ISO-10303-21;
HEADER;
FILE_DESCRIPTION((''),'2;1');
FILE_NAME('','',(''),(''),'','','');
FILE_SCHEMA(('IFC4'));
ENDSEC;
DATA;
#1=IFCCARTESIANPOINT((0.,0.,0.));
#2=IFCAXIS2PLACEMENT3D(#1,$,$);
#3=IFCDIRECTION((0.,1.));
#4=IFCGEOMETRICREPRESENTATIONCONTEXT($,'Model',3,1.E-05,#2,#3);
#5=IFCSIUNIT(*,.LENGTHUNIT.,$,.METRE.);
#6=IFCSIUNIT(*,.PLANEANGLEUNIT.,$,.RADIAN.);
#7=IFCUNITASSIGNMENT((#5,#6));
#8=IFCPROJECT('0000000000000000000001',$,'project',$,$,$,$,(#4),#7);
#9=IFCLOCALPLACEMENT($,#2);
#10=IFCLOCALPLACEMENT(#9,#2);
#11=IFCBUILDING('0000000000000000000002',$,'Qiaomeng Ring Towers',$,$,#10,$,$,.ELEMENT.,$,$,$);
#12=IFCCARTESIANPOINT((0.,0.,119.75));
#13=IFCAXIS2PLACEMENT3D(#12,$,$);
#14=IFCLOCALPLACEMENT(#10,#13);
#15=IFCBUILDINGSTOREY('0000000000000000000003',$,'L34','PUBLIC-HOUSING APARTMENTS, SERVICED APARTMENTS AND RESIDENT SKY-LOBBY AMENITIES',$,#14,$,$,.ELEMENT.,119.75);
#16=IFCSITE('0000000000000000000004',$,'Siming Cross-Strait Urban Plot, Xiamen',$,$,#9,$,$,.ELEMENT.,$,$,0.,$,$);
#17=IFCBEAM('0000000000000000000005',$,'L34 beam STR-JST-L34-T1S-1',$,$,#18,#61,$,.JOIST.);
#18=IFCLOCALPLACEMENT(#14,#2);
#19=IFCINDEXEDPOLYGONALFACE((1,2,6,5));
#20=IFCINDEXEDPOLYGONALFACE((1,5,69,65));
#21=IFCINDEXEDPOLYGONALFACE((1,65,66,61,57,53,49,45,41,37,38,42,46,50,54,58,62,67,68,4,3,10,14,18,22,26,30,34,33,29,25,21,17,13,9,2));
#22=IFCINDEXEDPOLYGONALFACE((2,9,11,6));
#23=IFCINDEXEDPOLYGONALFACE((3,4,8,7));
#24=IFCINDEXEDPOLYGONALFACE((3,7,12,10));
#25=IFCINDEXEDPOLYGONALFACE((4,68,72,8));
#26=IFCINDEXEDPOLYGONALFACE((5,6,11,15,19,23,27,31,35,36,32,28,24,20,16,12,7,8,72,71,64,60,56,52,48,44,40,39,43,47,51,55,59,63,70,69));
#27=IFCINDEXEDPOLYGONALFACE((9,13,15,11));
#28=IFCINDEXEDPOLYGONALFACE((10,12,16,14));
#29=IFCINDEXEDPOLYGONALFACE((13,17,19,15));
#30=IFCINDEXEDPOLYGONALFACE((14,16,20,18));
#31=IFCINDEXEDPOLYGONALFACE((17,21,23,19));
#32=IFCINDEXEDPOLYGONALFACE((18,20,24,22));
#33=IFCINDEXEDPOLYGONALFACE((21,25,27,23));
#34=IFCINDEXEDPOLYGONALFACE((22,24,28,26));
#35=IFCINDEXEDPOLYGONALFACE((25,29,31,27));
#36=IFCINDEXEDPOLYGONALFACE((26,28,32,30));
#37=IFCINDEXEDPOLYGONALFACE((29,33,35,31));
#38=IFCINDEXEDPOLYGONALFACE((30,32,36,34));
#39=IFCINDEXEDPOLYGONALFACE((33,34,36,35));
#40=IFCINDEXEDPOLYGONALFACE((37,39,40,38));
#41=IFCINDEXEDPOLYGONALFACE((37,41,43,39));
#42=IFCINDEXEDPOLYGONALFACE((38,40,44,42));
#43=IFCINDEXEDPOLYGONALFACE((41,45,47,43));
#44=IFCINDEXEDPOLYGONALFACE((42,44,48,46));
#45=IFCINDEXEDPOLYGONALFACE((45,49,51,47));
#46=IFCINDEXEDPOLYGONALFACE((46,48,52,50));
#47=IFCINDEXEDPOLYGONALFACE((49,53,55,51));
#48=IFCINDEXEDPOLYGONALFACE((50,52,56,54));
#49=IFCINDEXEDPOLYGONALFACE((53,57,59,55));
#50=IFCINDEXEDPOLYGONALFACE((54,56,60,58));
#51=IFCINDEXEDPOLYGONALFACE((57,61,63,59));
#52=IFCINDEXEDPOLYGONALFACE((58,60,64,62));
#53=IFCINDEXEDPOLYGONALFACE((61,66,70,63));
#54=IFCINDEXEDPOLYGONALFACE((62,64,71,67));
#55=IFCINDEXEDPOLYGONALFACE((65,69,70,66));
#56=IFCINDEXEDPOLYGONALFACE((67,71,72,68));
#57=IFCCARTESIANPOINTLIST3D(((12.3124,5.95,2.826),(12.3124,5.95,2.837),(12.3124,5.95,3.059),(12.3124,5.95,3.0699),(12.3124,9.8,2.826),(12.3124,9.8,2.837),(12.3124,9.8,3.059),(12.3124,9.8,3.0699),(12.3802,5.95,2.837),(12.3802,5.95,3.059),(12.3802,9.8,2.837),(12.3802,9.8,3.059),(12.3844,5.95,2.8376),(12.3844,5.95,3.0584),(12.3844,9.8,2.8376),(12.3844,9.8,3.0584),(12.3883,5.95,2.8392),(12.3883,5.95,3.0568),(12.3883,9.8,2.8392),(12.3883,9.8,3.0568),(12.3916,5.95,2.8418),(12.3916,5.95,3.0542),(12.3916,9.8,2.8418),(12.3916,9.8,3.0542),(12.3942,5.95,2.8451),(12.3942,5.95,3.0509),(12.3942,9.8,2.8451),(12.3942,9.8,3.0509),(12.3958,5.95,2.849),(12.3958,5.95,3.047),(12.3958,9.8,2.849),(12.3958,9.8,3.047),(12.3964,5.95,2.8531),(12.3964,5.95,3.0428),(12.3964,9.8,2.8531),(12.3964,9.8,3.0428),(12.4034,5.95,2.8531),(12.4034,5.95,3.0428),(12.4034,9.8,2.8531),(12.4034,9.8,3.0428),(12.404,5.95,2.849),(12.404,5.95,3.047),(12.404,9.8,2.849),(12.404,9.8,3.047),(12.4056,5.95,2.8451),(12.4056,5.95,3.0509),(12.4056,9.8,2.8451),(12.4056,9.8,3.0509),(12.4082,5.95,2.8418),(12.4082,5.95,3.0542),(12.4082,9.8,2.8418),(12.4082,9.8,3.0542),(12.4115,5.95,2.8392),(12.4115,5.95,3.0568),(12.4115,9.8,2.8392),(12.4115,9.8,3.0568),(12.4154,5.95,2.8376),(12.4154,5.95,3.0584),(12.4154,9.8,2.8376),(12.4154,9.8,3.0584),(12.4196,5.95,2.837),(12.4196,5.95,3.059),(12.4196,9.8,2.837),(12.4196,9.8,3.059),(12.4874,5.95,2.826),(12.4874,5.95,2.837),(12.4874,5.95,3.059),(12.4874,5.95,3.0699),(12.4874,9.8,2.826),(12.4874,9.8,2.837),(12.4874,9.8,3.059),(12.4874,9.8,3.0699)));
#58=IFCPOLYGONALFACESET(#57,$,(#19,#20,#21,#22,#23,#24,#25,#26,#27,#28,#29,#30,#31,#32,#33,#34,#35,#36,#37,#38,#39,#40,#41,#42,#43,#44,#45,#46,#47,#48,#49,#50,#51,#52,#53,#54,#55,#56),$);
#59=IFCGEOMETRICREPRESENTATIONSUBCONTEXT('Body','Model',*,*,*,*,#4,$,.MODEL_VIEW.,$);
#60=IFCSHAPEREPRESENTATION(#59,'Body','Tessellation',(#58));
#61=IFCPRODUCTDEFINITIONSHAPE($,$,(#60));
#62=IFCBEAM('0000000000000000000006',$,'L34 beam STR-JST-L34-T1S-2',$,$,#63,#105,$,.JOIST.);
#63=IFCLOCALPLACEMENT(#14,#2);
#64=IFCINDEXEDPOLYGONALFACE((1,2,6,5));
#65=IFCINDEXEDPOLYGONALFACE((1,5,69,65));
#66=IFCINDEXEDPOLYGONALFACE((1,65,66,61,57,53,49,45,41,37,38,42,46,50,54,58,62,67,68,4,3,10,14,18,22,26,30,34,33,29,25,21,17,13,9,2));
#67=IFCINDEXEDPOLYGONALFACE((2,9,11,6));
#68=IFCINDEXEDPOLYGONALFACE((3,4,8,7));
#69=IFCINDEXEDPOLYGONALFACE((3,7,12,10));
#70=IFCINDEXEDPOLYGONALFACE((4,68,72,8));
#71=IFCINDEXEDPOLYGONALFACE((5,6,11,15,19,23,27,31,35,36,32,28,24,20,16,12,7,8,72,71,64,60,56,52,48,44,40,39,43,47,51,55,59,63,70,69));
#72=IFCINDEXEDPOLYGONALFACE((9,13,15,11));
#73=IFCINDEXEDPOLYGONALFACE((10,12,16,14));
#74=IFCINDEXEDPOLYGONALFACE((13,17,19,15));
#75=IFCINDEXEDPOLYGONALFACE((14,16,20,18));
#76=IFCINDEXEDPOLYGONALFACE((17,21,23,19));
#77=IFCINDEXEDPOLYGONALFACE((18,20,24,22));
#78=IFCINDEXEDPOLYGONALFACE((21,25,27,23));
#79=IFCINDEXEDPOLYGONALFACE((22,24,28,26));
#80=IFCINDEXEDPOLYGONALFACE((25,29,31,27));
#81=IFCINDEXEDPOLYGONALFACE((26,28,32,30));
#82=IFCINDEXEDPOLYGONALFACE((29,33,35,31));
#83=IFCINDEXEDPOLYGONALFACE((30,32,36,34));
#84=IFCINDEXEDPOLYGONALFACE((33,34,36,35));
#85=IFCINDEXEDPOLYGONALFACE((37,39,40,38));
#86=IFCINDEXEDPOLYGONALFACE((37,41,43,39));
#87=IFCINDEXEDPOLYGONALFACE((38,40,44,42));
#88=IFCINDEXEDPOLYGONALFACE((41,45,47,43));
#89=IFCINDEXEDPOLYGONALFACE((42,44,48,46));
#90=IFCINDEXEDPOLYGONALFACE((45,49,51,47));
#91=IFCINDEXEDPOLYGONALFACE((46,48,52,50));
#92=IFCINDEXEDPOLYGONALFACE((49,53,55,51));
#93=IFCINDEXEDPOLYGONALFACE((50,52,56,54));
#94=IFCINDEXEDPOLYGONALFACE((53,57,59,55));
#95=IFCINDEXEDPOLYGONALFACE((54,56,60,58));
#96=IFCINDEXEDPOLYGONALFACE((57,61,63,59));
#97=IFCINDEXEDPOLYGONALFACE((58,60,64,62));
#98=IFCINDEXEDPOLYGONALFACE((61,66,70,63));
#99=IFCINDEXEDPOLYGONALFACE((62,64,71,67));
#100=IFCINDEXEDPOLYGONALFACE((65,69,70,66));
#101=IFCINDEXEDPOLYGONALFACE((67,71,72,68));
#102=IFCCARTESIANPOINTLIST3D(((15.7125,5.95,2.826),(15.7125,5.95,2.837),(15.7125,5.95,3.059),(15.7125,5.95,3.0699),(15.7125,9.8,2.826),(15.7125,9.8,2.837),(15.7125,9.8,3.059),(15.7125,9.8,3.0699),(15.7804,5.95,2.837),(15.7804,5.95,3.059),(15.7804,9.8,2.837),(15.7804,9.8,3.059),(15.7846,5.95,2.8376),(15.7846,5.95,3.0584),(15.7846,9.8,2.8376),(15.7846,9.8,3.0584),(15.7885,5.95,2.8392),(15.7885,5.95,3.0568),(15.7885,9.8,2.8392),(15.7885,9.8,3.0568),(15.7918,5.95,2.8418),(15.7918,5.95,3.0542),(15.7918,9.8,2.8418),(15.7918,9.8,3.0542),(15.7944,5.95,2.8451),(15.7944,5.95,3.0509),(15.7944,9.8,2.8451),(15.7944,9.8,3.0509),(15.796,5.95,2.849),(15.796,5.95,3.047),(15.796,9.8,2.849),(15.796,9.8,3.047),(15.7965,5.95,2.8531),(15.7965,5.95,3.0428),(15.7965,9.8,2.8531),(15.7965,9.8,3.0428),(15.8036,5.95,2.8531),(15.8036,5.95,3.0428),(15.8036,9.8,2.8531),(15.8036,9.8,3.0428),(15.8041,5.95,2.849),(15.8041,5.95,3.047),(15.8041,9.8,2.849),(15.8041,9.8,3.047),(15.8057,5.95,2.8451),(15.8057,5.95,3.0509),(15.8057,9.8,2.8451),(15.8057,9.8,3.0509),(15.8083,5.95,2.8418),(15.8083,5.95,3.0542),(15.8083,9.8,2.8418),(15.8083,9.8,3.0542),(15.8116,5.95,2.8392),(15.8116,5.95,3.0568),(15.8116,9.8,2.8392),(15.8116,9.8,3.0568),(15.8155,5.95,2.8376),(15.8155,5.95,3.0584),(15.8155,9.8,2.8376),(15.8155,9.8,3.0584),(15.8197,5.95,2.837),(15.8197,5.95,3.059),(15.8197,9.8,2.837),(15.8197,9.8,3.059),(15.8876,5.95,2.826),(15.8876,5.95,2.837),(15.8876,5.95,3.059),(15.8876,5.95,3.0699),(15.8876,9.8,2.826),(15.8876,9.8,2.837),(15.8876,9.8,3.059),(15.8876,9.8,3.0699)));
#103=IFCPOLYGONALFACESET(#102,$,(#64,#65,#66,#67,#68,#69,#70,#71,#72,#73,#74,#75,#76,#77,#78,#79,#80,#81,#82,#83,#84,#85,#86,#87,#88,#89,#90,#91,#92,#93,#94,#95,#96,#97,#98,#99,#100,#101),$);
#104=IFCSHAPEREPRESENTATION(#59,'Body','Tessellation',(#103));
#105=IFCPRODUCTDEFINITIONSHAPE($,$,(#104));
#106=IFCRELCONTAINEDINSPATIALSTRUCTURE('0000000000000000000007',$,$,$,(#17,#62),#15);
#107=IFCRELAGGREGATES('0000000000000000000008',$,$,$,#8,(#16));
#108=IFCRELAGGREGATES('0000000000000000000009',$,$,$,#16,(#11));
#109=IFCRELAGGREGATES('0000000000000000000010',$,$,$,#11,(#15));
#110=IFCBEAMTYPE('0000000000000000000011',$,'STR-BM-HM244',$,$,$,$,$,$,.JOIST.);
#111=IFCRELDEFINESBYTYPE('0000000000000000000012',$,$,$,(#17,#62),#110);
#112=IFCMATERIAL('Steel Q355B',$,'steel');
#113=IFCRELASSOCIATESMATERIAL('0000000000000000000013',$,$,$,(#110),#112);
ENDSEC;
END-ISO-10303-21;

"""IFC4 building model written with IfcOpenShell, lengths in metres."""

from ifc_helpers import new_model, si_unit, direction, frame, origin, origin_2d, place, context, subcontext, project, spatial, i_section, extrude, source, transform, mapped, material, material_profile, profile_set, type_object, element, save


model = new_model("IFC4")

# Units and contexts
model_context = context("Model", 3, precision=1e-05, world=origin(), true_north=direction((0.0, 1.0)))
body_context = subcontext(model_context, "Body", "Model", "MODEL_VIEW")
ifc_project = project(units=[si_unit("LENGTHUNIT", "METRE"), si_unit("PLANEANGLEUNIT", "RADIAN")], contexts=[model_context])

# Site, building, storey
site_placement = place(None, origin())
site = spatial("IfcSite", under=ifc_project, at=site_placement, Name="Siming Cross-Strait Urban Plot, Xiamen", CompositionType="ELEMENT", RefElevation=0.0)
building_placement = place(site_placement, origin())
building = spatial("IfcBuilding", under=site, at=building_placement, Name="Qiaomeng Ring Towers", CompositionType="ELEMENT")
storey_placement = place(building_placement, frame((0.0, 0.0, 119.75)))
storey = spatial("IfcBuildingStorey", under=building, at=storey_placement, Name="L34", Description="PUBLIC-HOUSING APARTMENTS, SERVICED APARTMENTS AND RESIDENT SKY-LOBBY AMENITIES", CompositionType="ELEMENT", Elevation=119.75)

# Beams
ifc_material_1 = material(Name="Steel Q355B", Category="steel")
ifc_material_profile = material_profile(ifc_material_1, i_section(OverallWidth=0.175, OverallDepth=0.2439, WebThickness=0.0071, FlangeThickness=0.011, FilletRadius=0.0161, at=origin_2d()), Name="HM 244x175x7x11")
ifc_profile_set = profile_set([ifc_material_profile], Name="Steel Q355B")
beam_type = type_object("IfcBeamType", Name="STR-BM-HM244", PredefinedType="JOIST", material=ifc_profile_set)
shared_shape_1 = source(origin(), body_context, "Body", "SweptSolid", [
    extrude(i_section(OverallWidth=0.175, OverallDepth=0.2439, WebThickness=0.0071, FlangeThickness=0.011, FilletRadius=0.0161, at=origin_2d()), origin(), (0.0, 0.0, 1.0), 3.8501),
])
for number, where, z_axis, x_axis, name in (
    (1, (12.3999, 5.95, 2.948), (0.0, 1.0, 0.0), (-1.0, 0.0, 0.0), "L34 beam STR-JST-L34-T1S-1"),
    (2, (15.8, 5.95, 2.948), (0.0, 1.0, 0.0), (-1.0, 0.0, 0.0), "L34 beam STR-JST-L34-T1S-2"),
):
    element("IfcBeam", number, at=place(storey_placement, frame(where, z_axis=z_axis, x_axis=x_axis)), inside=storey, type_object=beam_type, Name=name, PredefinedType="JOIST", context=body_context, shape_type="MappedRepresentation", body=[
        mapped(shared_shape_1, transform((0.0, 0.0, 0.0), x_axis=(1.0, 0.0, 0.0), y_axis=(0.0, 1.0, 0.0), z_axis=(0.0, 0.0, 1.0), scale=1.0)),
    ])

save(model, "model.ifc")
